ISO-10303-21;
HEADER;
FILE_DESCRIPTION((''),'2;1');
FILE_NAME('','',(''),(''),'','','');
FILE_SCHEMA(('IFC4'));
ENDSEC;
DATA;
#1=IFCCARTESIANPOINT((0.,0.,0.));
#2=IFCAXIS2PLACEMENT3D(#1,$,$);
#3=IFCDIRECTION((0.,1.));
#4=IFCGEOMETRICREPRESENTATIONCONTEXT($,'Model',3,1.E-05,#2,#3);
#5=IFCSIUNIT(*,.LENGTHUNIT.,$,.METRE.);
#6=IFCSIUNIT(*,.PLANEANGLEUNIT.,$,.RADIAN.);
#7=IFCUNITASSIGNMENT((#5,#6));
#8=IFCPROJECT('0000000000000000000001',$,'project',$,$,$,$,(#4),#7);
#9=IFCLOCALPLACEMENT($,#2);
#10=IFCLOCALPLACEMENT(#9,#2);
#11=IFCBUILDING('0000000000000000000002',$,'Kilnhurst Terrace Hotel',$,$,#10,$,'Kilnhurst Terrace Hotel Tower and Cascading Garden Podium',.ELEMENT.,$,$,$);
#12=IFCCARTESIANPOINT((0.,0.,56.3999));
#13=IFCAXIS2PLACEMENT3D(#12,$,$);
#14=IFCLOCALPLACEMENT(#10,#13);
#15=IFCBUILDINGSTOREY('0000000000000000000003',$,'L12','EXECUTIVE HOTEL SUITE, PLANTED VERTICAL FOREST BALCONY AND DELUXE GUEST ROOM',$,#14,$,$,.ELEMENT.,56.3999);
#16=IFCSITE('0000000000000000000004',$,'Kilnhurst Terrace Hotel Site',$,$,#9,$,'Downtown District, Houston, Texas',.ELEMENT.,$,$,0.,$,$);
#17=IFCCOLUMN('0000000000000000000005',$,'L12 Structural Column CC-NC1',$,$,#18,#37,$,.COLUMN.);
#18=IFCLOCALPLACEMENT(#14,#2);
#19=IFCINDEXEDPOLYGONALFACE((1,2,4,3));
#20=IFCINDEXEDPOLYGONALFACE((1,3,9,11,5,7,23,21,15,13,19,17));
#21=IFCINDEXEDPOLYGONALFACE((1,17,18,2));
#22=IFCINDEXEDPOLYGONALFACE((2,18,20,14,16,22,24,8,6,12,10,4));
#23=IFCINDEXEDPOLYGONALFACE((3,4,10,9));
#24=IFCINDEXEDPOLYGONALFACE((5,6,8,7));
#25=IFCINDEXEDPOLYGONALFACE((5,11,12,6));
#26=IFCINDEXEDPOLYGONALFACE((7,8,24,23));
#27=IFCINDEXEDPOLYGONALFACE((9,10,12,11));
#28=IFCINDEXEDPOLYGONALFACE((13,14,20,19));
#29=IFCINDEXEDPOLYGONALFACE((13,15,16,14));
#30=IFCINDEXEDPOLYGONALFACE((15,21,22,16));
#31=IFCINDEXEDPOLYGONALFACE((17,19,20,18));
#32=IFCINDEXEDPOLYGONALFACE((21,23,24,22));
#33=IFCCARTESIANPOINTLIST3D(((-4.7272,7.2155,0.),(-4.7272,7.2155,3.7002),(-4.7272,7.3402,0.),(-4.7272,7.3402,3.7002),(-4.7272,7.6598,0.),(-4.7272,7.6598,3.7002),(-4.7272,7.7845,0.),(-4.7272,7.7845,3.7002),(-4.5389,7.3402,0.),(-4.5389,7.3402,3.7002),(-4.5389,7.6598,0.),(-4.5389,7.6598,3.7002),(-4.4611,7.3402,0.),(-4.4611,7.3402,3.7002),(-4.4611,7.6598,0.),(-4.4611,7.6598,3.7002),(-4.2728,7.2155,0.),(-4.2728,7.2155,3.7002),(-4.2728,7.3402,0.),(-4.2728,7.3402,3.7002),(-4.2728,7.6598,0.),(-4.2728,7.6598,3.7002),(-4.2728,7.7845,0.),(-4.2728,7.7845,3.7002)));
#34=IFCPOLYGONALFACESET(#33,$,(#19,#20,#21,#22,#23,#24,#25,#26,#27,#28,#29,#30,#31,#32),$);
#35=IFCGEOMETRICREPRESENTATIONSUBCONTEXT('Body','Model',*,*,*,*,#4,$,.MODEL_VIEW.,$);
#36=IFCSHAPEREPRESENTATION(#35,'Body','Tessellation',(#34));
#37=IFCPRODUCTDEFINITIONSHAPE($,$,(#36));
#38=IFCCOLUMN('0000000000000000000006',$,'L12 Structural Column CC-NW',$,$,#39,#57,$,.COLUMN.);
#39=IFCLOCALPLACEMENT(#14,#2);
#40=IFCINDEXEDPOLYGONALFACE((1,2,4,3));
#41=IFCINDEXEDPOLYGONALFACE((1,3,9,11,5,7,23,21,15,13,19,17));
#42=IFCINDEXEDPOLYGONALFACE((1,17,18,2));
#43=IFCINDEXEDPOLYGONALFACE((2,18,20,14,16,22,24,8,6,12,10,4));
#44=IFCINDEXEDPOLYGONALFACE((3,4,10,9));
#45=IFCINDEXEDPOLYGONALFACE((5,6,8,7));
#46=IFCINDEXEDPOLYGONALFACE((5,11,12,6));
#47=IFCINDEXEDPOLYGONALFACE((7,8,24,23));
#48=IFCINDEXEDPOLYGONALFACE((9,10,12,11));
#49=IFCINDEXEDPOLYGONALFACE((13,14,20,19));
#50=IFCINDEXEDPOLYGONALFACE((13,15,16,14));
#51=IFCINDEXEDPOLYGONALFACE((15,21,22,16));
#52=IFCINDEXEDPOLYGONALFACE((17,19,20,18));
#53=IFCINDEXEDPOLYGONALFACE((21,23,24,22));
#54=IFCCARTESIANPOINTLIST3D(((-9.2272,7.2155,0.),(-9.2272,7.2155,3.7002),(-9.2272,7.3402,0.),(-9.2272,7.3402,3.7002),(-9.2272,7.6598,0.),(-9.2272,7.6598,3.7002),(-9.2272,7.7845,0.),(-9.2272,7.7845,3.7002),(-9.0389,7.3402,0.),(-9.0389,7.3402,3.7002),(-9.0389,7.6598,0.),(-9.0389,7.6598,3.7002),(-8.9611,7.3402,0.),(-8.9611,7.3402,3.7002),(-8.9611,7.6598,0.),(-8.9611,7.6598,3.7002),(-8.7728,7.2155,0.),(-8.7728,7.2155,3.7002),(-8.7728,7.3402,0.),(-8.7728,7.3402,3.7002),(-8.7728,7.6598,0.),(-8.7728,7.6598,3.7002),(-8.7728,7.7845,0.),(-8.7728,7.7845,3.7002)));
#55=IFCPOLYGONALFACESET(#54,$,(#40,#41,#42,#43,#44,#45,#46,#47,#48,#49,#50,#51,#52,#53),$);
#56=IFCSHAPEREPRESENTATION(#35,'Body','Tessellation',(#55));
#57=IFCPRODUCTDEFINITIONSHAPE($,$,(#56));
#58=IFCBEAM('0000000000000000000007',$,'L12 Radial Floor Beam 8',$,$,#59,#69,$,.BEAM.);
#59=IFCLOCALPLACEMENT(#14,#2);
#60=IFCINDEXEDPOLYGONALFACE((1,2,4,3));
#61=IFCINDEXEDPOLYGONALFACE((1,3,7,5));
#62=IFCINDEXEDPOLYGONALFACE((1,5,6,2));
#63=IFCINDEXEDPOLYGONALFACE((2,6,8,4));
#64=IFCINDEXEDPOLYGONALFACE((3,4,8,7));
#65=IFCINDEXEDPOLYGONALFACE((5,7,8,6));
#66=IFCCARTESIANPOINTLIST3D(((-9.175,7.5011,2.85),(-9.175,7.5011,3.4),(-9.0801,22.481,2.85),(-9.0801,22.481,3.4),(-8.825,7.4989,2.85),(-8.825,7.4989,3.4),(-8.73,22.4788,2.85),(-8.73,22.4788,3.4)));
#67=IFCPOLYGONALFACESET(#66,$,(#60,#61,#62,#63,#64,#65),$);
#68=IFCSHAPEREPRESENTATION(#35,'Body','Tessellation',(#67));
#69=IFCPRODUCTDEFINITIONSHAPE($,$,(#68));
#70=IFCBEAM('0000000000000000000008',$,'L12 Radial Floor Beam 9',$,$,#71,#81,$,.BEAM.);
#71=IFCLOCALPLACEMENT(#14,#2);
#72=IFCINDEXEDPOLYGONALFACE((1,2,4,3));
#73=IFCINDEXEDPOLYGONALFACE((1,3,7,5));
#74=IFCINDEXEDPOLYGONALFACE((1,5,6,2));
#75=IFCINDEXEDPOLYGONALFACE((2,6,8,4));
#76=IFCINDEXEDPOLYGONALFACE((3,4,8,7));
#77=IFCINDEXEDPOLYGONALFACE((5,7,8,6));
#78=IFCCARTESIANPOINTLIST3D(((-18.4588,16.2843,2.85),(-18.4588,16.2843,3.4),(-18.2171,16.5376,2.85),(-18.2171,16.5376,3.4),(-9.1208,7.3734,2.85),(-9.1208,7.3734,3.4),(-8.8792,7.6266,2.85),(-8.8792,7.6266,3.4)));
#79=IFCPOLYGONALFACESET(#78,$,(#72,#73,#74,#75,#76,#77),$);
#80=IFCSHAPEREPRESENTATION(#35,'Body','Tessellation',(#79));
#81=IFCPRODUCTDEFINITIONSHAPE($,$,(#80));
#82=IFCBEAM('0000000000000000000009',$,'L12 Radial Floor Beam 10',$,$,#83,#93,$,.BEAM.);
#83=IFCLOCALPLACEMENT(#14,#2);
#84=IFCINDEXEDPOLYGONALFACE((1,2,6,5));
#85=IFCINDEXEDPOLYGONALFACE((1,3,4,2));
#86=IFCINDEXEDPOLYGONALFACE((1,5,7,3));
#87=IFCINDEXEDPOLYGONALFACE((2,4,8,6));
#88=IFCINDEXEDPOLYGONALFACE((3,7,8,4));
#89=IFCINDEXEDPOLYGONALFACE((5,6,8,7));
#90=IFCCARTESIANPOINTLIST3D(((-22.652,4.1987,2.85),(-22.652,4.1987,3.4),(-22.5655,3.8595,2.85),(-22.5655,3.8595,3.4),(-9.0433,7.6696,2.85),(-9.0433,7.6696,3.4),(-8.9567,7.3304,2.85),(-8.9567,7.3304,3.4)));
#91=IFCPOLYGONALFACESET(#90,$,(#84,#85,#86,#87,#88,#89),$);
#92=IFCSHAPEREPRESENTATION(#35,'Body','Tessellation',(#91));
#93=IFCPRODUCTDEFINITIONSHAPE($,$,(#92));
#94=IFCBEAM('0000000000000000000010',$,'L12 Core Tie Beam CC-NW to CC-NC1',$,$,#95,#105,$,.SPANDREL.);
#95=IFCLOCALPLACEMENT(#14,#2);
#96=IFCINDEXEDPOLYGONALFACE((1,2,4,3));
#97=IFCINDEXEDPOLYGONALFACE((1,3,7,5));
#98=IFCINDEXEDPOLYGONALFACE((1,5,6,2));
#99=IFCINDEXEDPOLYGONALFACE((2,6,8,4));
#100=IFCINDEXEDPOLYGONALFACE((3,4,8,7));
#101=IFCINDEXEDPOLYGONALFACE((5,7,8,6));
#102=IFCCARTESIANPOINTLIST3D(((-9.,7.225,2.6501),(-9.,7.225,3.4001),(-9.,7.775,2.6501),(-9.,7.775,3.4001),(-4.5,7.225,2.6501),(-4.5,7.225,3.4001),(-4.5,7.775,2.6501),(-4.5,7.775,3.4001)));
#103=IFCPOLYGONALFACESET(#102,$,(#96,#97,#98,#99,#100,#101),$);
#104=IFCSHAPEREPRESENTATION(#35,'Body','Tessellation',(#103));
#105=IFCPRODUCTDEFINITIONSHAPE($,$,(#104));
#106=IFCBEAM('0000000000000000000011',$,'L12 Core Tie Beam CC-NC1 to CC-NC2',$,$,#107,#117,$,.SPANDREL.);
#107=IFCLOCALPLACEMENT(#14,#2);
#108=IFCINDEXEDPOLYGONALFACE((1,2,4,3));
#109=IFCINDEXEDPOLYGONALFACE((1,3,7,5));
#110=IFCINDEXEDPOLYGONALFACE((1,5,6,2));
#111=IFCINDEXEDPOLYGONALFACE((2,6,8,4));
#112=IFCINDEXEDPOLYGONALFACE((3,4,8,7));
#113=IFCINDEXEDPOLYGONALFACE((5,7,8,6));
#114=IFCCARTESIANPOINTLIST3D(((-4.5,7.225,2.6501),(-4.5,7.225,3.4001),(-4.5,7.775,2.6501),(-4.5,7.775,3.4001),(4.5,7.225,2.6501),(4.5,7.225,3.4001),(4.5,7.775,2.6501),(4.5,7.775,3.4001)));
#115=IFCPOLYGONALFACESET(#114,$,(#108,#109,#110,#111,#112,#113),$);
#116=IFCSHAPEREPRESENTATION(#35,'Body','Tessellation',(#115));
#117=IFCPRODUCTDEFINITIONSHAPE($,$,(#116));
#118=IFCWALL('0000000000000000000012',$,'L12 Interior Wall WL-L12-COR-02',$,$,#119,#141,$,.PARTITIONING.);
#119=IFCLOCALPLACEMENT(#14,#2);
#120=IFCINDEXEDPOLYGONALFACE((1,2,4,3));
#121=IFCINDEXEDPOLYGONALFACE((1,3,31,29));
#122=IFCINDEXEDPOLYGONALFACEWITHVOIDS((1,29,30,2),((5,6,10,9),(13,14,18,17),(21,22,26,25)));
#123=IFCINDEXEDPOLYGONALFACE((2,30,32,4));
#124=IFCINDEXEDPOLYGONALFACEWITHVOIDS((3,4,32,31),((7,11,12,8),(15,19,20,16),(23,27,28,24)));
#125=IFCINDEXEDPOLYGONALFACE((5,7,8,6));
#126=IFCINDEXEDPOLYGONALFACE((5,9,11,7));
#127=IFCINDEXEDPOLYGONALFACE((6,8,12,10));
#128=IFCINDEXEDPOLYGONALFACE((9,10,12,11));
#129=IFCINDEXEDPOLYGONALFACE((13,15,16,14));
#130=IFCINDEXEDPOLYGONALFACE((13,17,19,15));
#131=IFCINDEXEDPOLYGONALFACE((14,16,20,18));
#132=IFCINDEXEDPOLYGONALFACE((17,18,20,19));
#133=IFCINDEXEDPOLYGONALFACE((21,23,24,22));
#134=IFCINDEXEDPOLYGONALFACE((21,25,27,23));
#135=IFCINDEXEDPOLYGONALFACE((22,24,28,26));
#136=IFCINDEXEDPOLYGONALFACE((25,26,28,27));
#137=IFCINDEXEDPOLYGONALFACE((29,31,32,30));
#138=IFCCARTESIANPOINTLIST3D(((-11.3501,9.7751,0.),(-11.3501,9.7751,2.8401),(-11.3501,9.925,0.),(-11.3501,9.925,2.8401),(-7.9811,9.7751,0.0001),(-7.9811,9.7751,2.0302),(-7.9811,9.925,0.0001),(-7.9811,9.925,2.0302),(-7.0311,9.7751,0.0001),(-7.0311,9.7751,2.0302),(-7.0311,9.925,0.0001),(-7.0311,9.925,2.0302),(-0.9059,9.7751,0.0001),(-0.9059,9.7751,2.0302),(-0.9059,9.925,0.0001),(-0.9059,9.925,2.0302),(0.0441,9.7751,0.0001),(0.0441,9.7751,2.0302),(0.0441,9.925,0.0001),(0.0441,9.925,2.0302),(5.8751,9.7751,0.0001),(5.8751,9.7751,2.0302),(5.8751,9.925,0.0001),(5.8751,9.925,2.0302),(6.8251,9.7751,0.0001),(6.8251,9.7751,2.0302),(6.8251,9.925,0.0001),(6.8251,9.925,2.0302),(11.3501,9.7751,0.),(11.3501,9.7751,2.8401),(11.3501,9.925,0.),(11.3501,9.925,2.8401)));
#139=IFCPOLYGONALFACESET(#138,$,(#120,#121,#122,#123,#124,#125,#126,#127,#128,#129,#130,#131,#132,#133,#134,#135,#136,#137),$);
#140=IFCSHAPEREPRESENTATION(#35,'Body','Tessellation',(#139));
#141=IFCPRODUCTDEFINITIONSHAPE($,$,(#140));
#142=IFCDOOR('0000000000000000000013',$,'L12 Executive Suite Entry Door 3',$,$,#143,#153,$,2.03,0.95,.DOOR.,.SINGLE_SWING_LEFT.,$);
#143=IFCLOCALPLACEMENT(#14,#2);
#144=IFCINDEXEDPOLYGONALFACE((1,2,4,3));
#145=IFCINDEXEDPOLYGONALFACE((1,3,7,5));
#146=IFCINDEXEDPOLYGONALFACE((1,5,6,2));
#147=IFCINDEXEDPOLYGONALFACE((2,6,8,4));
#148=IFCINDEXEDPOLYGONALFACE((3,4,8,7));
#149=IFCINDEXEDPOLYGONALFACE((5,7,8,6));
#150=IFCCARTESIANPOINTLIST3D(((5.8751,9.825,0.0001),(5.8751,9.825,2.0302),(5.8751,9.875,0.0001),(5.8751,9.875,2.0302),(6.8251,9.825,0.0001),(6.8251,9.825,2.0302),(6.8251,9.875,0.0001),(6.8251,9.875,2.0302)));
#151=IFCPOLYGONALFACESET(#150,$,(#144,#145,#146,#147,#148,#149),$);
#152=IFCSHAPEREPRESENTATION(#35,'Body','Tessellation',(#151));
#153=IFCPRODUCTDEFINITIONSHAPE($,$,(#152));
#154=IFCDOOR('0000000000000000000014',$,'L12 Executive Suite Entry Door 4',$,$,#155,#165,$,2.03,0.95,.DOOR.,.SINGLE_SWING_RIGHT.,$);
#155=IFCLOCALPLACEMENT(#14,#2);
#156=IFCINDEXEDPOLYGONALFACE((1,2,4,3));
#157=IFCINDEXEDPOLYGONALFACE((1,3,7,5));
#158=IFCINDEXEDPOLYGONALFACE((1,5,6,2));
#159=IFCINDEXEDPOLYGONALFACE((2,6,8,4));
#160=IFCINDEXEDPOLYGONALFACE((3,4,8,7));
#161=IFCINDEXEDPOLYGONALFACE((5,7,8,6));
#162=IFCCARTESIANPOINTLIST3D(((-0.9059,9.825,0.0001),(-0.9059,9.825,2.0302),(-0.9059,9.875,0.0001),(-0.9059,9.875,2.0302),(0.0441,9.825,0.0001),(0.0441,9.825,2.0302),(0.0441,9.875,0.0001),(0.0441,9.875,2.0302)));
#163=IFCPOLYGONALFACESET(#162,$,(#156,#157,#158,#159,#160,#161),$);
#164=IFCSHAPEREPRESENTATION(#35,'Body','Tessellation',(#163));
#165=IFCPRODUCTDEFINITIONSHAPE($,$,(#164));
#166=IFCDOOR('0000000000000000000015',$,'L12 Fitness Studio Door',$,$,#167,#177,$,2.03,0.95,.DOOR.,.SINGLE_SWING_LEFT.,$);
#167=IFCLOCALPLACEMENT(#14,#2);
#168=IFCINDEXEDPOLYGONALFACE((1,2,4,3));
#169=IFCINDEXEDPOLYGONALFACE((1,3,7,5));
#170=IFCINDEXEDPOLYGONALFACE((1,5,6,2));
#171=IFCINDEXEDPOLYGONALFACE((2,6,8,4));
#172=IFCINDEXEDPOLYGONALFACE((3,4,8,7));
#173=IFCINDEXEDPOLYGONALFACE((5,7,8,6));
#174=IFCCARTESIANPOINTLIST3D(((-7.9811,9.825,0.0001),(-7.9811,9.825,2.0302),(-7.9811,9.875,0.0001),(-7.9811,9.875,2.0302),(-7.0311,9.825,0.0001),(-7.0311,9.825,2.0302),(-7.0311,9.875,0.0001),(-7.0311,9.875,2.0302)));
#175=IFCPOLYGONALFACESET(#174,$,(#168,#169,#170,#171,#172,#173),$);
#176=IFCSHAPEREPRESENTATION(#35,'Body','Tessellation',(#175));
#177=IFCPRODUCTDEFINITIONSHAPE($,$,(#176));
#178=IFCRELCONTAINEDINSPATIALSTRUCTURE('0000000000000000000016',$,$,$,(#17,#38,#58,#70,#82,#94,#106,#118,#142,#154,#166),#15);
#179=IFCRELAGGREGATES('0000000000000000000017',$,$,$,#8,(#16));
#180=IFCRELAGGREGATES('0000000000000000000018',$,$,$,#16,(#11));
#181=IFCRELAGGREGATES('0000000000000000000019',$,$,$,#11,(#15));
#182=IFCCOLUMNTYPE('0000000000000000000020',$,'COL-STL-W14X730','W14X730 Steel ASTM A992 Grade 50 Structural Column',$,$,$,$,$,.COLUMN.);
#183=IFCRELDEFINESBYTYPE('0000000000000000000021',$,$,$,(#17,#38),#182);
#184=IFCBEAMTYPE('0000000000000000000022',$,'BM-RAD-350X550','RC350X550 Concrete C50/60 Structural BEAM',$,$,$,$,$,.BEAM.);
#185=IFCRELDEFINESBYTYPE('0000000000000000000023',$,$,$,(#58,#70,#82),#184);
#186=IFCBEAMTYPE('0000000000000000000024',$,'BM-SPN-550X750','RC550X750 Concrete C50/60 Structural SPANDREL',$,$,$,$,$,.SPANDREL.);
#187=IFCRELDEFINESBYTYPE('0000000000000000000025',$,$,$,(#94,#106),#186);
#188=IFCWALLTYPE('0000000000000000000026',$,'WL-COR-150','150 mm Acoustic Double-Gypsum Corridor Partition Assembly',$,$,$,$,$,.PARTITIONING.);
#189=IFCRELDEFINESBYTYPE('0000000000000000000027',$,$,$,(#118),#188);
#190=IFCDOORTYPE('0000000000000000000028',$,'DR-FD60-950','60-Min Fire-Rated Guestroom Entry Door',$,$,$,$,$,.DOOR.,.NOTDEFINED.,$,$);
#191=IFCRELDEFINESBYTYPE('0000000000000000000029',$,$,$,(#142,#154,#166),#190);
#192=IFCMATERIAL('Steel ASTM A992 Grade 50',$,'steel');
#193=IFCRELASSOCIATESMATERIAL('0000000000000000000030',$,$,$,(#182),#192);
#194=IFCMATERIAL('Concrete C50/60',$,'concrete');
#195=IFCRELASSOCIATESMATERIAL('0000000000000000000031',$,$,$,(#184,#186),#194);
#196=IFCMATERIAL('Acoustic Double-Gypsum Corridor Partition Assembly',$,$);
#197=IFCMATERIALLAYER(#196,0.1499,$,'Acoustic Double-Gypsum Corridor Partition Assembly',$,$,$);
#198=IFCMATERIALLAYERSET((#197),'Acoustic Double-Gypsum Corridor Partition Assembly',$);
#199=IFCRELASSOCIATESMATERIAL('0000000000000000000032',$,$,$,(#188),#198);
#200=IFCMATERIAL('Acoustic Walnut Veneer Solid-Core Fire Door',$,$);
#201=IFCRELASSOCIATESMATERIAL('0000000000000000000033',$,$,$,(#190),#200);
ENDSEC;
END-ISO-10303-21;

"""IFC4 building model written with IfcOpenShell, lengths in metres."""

from ifc_helpers import new_model, si_unit, direction, frame, frame_2d, origin, origin_2d, place, context, subcontext, project, spatial, rectangle, i_section, extrude, material, layer, layer_set, material_profile, profile_set, type_object, element, fill, save


model = new_model("IFC4")

# Units and contexts
model_context = context("Model", 3, precision=1e-05, world=origin(), true_north=direction((0.0, 1.0)))
body_context = subcontext(model_context, "Body", "Model", "MODEL_VIEW")
ifc_project = project(units=[si_unit("LENGTHUNIT", "METRE"), si_unit("PLANEANGLEUNIT", "RADIAN")], contexts=[model_context])

# Site, building, storey
site_placement = place(None, origin())
site = spatial("IfcSite", under=ifc_project, at=site_placement, Name="Kilnhurst Terrace Hotel Site", LongName="Downtown District, Houston, Texas", CompositionType="ELEMENT", RefElevation=0.0)
building_placement = place(site_placement, origin())
building = spatial("IfcBuilding", under=site, at=building_placement, Name="Kilnhurst Terrace Hotel", LongName="Kilnhurst Terrace Hotel Tower and Cascading Garden Podium", CompositionType="ELEMENT")
storey_placement = place(building_placement, frame((0.0, 0.0, 56.3999)))
storey = spatial("IfcBuildingStorey", under=building, at=storey_placement, Name="L12", Description="EXECUTIVE HOTEL SUITE, PLANTED VERTICAL FOREST BALCONY AND DELUXE GUEST ROOM", CompositionType="ELEMENT", Elevation=56.3999)

# Columns
ifc_material_1 = material(Name="Steel ASTM A992 Grade 50", Category="steel")
ifc_material_profile_1 = material_profile(ifc_material_1, i_section(OverallWidth=0.4543, OverallDepth=0.5691, WebThickness=0.0779, FlangeThickness=0.1248, at=origin_2d()), Name="W14X730")
ifc_profile_set_1 = profile_set([ifc_material_profile_1], Name="Steel ASTM A992 Grade 50")
column_type = type_object("IfcColumnType", Name="COL-STL-W14X730", Description="W14X730 Steel ASTM A992 Grade 50 Structural Column", PredefinedType="COLUMN", material=ifc_profile_set_1)
for number, where, z_axis, x_axis, name in (
    (1, (-4.5, 7.5, 0.0), (0.0, 0.0, 1.0), (1.0, 0.0, 0.0), "L12 Structural Column CC-NC1"),
    (2, (-9.0, 7.5, 0.0), (0.0, 0.0, 1.0), (1.0, 0.0, 0.0), "L12 Structural Column CC-NW"),
):
    element("IfcColumn", number, at=place(storey_placement, frame(where, z_axis=z_axis, x_axis=x_axis)), inside=storey, type_object=column_type, Name=name, PredefinedType="COLUMN", context=body_context, shape_type="SweptSolid", body=[
        extrude(i_section(OverallWidth=0.4543, OverallDepth=0.5691, WebThickness=0.0779, FlangeThickness=0.1248, at=origin_2d()), origin(), (0.0, 0.0, 1.0), 3.7002),
    ])

# Beams
ifc_material_2 = material(Name="Concrete C50/60", Category="concrete")
ifc_material_profile_2 = material_profile(ifc_material_2, rectangle(XDim=0.3501, YDim=0.55, at=origin_2d()), Name="RC350X550")
ifc_profile_set_2 = profile_set([ifc_material_profile_2], Name="Concrete C50/60")
beam_type_1 = type_object("IfcBeamType", Name="BM-RAD-350X550", Description="RC350X550 Concrete C50/60 Structural BEAM", PredefinedType="BEAM", material=ifc_profile_set_2)
beam_1_placement = place(storey_placement, frame((-9.0, 7.5, 3.125), z_axis=(0.00634, 0.99998, 0.0), x_axis=(-0.99998, 0.00634, 0.0)))
element("IfcBeam", 3, at=beam_1_placement, inside=storey, type_object=beam_type_1, Name="L12 Radial Floor Beam 8", PredefinedType="BEAM", context=body_context, shape_type="SweptSolid", body=[
    extrude(rectangle(XDim=0.3501, YDim=0.55, at=origin_2d()), origin(), (0.0, 0.0, 1.0), 14.9802),
])
beam_2_placement = place(storey_placement, frame((-9.0, 7.5, 3.125), z_axis=(-0.723454, 0.690372, 0.0), x_axis=(-0.690372, -0.723454, 0.0)))
element("IfcBeam", 4, at=beam_2_placement, inside=storey, type_object=beam_type_1, Name="L12 Radial Floor Beam 9", PredefinedType="BEAM", context=body_context, shape_type="SweptSolid", body=[
    extrude(rectangle(XDim=0.3501, YDim=0.55, at=origin_2d()), origin(), (0.0, 0.0, 1.0), 12.9075),
])
beam_3_placement = place(storey_placement, frame((-9.0, 7.5, 3.125), z_axis=(-0.96898, -0.247138, 0.0), x_axis=(0.247138, -0.96898, 0.0)))
element("IfcBeam", 5, at=beam_3_placement, inside=storey, type_object=beam_type_1, Name="L12 Radial Floor Beam 10", PredefinedType="BEAM", context=body_context, shape_type="SweptSolid", body=[
    extrude(rectangle(XDim=0.3501, YDim=0.55, at=origin_2d()), origin(), (0.0, 0.0, 1.0), 14.0444),
])
ifc_material_profile_3 = material_profile(ifc_material_2, rectangle(XDim=0.55, YDim=0.75, at=origin_2d()), Name="RC550X750")
ifc_profile_set_3 = profile_set([ifc_material_profile_3], Name="Concrete C50/60")
beam_type_2 = type_object("IfcBeamType", Name="BM-SPN-550X750", Description="RC550X750 Concrete C50/60 Structural SPANDREL", PredefinedType="SPANDREL", material=ifc_profile_set_3)
beam_4_placement = place(storey_placement, frame((-9.0, 7.5, 3.0251), z_axis=(1.0, 0.0, 0.0), x_axis=(0.0, 1.0, 0.0)))
element("IfcBeam", 6, at=beam_4_placement, inside=storey, type_object=beam_type_2, Name="L12 Core Tie Beam CC-NW to CC-NC1", PredefinedType="SPANDREL", context=body_context, shape_type="SweptSolid", body=[
    extrude(rectangle(XDim=0.55, YDim=0.75, at=origin_2d()), origin(), (0.0, 0.0, 1.0), 4.5),
])
beam_5_placement = place(storey_placement, frame((-4.5, 7.5, 3.0251), z_axis=(1.0, 0.0, 0.0), x_axis=(0.0, 1.0, 0.0)))
element("IfcBeam", 7, at=beam_5_placement, inside=storey, type_object=beam_type_2, Name="L12 Core Tie Beam CC-NC1 to CC-NC2", PredefinedType="SPANDREL", context=body_context, shape_type="SweptSolid", body=[
    extrude(rectangle(XDim=0.55, YDim=0.75, at=origin_2d()), origin(), (0.0, 0.0, 1.0), 9.0),
])

# Wall, openings, doors
ifc_material_3 = material(Name="Acoustic Double-Gypsum Corridor Partition Assembly")
ifc_layer_1 = layer(ifc_material_3, 0.1499, Name="Acoustic Double-Gypsum Corridor Partition Assembly")
ifc_layer_set_1 = layer_set([ifc_layer_1], Name="Acoustic Double-Gypsum Corridor Partition Assembly")
wall_type_1 = type_object("IfcWallType", Name="WL-COR-150", Description="150 mm Acoustic Double-Gypsum Corridor Partition Assembly", PredefinedType="PARTITIONING", material=ifc_layer_set_1)
wall_1_placement = place(storey_placement, frame((-11.3501, 9.8501, 0.0), z_axis=(0.0, 0.0, 1.0), x_axis=(1.0, 0.0, 0.0)))
wall_1 = element("IfcWall", 8, at=wall_1_placement, inside=storey, type_object=wall_type_1, Name="L12 Interior Wall WL-L12-COR-02", PredefinedType="PARTITIONING", context=body_context, shape_type="SweptSolid", body=[
    extrude(rectangle(XDim=22.7002, YDim=0.1499, at=frame_2d((11.3501, 0.0))), origin(), (0.0, 0.0, 1.0), 2.8401),
])
opening_1_placement = place(wall_1_placement, frame((17.2251, 0.0, 0.0)))
opening_1 = element("IfcOpeningElement", 9, at=opening_1_placement, cuts=wall_1, PredefinedType="OPENING", context=body_context, shape_type="SweptSolid", body=[
    extrude(rectangle(XDim=0.95, YDim=2.03, at=frame_2d((0.4751, 1.0151))), frame((0.0, 0.085, 0.0), z_axis=(0.0, -1.0, 0.0), x_axis=(1.0, 0.0, 0.0)), (0.0, 0.0, 1.0), 0.1699),
])
opening_2_placement = place(wall_1_placement, frame((10.4441, 0.0, 0.0)))
opening_2 = element("IfcOpeningElement", 10, at=opening_2_placement, cuts=wall_1, PredefinedType="OPENING", context=body_context, shape_type="SweptSolid", body=[
    extrude(rectangle(XDim=0.95, YDim=2.03, at=frame_2d((0.4751, 1.0151))), frame((0.0, 0.085, 0.0), z_axis=(0.0, -1.0, 0.0), x_axis=(1.0, 0.0, 0.0)), (0.0, 0.0, 1.0), 0.1699),
])
opening_3_placement = place(wall_1_placement, frame((3.3689, 0.0, 0.0)))
opening_3 = element("IfcOpeningElement", 11, at=opening_3_placement, cuts=wall_1, PredefinedType="OPENING", context=body_context, shape_type="SweptSolid", body=[
    extrude(rectangle(XDim=0.95, YDim=2.03, at=frame_2d((0.4751, 1.0151))), frame((0.0, 0.085, 0.0), z_axis=(0.0, -1.0, 0.0), x_axis=(1.0, 0.0, 0.0)), (0.0, 0.0, 1.0), 0.1699),
])
ifc_material_4 = material(Name="Acoustic Walnut Veneer Solid-Core Fire Door")
door_type_1 = type_object("IfcDoorType", Name="DR-FD60-950", Description="60-Min Fire-Rated Guestroom Entry Door", OperationType="NOTDEFINED", PredefinedType="DOOR", material=ifc_material_4)
door_1_placement = place(opening_1_placement, origin())
door_1 = element("IfcDoor", 12, at=door_1_placement, inside=storey, type_object=door_type_1, Name="L12 Executive Suite Entry Door 3", OperationType="SINGLE_SWING_LEFT", OverallHeight=2.03, OverallWidth=0.95, PredefinedType="DOOR", context=body_context, shape_type="SweptSolid", body=[
    extrude(rectangle(XDim=0.95, YDim=2.03, at=frame_2d((0.4751, 1.0151))), frame((0.0, 0.0249, 0.0), z_axis=(0.0, -1.0, 0.0), x_axis=(1.0, 0.0, 0.0)), (0.0, 0.0, 1.0), 0.05),
])
fill(opening_1, door_1)
door_2_placement = place(opening_2_placement, origin())
door_2 = element("IfcDoor", 13, at=door_2_placement, inside=storey, type_object=door_type_1, Name="L12 Executive Suite Entry Door 4", OperationType="SINGLE_SWING_RIGHT", OverallHeight=2.03, OverallWidth=0.95, PredefinedType="DOOR", context=body_context, shape_type="SweptSolid", body=[
    extrude(rectangle(XDim=0.95, YDim=2.03, at=frame_2d((0.4751, 1.0151))), frame((0.0, 0.0249, 0.0), z_axis=(0.0, -1.0, 0.0), x_axis=(1.0, 0.0, 0.0)), (0.0, 0.0, 1.0), 0.05),
])
fill(opening_2, door_2)
door_3_placement = place(opening_3_placement, origin())
door_3 = element("IfcDoor", 14, at=door_3_placement, inside=storey, type_object=door_type_1, Name="L12 Fitness Studio Door", OperationType="SINGLE_SWING_LEFT", OverallHeight=2.03, OverallWidth=0.95, PredefinedType="DOOR", context=body_context, shape_type="SweptSolid", body=[
    extrude(rectangle(XDim=0.95, YDim=2.03, at=frame_2d((0.4751, 1.0151))), frame((0.0, 0.0249, 0.0), z_axis=(0.0, -1.0, 0.0), x_axis=(1.0, 0.0, 0.0)), (0.0, 0.0, 1.0), 0.05),
])
fill(opening_3, door_3)

save(model, "model.ifc")
